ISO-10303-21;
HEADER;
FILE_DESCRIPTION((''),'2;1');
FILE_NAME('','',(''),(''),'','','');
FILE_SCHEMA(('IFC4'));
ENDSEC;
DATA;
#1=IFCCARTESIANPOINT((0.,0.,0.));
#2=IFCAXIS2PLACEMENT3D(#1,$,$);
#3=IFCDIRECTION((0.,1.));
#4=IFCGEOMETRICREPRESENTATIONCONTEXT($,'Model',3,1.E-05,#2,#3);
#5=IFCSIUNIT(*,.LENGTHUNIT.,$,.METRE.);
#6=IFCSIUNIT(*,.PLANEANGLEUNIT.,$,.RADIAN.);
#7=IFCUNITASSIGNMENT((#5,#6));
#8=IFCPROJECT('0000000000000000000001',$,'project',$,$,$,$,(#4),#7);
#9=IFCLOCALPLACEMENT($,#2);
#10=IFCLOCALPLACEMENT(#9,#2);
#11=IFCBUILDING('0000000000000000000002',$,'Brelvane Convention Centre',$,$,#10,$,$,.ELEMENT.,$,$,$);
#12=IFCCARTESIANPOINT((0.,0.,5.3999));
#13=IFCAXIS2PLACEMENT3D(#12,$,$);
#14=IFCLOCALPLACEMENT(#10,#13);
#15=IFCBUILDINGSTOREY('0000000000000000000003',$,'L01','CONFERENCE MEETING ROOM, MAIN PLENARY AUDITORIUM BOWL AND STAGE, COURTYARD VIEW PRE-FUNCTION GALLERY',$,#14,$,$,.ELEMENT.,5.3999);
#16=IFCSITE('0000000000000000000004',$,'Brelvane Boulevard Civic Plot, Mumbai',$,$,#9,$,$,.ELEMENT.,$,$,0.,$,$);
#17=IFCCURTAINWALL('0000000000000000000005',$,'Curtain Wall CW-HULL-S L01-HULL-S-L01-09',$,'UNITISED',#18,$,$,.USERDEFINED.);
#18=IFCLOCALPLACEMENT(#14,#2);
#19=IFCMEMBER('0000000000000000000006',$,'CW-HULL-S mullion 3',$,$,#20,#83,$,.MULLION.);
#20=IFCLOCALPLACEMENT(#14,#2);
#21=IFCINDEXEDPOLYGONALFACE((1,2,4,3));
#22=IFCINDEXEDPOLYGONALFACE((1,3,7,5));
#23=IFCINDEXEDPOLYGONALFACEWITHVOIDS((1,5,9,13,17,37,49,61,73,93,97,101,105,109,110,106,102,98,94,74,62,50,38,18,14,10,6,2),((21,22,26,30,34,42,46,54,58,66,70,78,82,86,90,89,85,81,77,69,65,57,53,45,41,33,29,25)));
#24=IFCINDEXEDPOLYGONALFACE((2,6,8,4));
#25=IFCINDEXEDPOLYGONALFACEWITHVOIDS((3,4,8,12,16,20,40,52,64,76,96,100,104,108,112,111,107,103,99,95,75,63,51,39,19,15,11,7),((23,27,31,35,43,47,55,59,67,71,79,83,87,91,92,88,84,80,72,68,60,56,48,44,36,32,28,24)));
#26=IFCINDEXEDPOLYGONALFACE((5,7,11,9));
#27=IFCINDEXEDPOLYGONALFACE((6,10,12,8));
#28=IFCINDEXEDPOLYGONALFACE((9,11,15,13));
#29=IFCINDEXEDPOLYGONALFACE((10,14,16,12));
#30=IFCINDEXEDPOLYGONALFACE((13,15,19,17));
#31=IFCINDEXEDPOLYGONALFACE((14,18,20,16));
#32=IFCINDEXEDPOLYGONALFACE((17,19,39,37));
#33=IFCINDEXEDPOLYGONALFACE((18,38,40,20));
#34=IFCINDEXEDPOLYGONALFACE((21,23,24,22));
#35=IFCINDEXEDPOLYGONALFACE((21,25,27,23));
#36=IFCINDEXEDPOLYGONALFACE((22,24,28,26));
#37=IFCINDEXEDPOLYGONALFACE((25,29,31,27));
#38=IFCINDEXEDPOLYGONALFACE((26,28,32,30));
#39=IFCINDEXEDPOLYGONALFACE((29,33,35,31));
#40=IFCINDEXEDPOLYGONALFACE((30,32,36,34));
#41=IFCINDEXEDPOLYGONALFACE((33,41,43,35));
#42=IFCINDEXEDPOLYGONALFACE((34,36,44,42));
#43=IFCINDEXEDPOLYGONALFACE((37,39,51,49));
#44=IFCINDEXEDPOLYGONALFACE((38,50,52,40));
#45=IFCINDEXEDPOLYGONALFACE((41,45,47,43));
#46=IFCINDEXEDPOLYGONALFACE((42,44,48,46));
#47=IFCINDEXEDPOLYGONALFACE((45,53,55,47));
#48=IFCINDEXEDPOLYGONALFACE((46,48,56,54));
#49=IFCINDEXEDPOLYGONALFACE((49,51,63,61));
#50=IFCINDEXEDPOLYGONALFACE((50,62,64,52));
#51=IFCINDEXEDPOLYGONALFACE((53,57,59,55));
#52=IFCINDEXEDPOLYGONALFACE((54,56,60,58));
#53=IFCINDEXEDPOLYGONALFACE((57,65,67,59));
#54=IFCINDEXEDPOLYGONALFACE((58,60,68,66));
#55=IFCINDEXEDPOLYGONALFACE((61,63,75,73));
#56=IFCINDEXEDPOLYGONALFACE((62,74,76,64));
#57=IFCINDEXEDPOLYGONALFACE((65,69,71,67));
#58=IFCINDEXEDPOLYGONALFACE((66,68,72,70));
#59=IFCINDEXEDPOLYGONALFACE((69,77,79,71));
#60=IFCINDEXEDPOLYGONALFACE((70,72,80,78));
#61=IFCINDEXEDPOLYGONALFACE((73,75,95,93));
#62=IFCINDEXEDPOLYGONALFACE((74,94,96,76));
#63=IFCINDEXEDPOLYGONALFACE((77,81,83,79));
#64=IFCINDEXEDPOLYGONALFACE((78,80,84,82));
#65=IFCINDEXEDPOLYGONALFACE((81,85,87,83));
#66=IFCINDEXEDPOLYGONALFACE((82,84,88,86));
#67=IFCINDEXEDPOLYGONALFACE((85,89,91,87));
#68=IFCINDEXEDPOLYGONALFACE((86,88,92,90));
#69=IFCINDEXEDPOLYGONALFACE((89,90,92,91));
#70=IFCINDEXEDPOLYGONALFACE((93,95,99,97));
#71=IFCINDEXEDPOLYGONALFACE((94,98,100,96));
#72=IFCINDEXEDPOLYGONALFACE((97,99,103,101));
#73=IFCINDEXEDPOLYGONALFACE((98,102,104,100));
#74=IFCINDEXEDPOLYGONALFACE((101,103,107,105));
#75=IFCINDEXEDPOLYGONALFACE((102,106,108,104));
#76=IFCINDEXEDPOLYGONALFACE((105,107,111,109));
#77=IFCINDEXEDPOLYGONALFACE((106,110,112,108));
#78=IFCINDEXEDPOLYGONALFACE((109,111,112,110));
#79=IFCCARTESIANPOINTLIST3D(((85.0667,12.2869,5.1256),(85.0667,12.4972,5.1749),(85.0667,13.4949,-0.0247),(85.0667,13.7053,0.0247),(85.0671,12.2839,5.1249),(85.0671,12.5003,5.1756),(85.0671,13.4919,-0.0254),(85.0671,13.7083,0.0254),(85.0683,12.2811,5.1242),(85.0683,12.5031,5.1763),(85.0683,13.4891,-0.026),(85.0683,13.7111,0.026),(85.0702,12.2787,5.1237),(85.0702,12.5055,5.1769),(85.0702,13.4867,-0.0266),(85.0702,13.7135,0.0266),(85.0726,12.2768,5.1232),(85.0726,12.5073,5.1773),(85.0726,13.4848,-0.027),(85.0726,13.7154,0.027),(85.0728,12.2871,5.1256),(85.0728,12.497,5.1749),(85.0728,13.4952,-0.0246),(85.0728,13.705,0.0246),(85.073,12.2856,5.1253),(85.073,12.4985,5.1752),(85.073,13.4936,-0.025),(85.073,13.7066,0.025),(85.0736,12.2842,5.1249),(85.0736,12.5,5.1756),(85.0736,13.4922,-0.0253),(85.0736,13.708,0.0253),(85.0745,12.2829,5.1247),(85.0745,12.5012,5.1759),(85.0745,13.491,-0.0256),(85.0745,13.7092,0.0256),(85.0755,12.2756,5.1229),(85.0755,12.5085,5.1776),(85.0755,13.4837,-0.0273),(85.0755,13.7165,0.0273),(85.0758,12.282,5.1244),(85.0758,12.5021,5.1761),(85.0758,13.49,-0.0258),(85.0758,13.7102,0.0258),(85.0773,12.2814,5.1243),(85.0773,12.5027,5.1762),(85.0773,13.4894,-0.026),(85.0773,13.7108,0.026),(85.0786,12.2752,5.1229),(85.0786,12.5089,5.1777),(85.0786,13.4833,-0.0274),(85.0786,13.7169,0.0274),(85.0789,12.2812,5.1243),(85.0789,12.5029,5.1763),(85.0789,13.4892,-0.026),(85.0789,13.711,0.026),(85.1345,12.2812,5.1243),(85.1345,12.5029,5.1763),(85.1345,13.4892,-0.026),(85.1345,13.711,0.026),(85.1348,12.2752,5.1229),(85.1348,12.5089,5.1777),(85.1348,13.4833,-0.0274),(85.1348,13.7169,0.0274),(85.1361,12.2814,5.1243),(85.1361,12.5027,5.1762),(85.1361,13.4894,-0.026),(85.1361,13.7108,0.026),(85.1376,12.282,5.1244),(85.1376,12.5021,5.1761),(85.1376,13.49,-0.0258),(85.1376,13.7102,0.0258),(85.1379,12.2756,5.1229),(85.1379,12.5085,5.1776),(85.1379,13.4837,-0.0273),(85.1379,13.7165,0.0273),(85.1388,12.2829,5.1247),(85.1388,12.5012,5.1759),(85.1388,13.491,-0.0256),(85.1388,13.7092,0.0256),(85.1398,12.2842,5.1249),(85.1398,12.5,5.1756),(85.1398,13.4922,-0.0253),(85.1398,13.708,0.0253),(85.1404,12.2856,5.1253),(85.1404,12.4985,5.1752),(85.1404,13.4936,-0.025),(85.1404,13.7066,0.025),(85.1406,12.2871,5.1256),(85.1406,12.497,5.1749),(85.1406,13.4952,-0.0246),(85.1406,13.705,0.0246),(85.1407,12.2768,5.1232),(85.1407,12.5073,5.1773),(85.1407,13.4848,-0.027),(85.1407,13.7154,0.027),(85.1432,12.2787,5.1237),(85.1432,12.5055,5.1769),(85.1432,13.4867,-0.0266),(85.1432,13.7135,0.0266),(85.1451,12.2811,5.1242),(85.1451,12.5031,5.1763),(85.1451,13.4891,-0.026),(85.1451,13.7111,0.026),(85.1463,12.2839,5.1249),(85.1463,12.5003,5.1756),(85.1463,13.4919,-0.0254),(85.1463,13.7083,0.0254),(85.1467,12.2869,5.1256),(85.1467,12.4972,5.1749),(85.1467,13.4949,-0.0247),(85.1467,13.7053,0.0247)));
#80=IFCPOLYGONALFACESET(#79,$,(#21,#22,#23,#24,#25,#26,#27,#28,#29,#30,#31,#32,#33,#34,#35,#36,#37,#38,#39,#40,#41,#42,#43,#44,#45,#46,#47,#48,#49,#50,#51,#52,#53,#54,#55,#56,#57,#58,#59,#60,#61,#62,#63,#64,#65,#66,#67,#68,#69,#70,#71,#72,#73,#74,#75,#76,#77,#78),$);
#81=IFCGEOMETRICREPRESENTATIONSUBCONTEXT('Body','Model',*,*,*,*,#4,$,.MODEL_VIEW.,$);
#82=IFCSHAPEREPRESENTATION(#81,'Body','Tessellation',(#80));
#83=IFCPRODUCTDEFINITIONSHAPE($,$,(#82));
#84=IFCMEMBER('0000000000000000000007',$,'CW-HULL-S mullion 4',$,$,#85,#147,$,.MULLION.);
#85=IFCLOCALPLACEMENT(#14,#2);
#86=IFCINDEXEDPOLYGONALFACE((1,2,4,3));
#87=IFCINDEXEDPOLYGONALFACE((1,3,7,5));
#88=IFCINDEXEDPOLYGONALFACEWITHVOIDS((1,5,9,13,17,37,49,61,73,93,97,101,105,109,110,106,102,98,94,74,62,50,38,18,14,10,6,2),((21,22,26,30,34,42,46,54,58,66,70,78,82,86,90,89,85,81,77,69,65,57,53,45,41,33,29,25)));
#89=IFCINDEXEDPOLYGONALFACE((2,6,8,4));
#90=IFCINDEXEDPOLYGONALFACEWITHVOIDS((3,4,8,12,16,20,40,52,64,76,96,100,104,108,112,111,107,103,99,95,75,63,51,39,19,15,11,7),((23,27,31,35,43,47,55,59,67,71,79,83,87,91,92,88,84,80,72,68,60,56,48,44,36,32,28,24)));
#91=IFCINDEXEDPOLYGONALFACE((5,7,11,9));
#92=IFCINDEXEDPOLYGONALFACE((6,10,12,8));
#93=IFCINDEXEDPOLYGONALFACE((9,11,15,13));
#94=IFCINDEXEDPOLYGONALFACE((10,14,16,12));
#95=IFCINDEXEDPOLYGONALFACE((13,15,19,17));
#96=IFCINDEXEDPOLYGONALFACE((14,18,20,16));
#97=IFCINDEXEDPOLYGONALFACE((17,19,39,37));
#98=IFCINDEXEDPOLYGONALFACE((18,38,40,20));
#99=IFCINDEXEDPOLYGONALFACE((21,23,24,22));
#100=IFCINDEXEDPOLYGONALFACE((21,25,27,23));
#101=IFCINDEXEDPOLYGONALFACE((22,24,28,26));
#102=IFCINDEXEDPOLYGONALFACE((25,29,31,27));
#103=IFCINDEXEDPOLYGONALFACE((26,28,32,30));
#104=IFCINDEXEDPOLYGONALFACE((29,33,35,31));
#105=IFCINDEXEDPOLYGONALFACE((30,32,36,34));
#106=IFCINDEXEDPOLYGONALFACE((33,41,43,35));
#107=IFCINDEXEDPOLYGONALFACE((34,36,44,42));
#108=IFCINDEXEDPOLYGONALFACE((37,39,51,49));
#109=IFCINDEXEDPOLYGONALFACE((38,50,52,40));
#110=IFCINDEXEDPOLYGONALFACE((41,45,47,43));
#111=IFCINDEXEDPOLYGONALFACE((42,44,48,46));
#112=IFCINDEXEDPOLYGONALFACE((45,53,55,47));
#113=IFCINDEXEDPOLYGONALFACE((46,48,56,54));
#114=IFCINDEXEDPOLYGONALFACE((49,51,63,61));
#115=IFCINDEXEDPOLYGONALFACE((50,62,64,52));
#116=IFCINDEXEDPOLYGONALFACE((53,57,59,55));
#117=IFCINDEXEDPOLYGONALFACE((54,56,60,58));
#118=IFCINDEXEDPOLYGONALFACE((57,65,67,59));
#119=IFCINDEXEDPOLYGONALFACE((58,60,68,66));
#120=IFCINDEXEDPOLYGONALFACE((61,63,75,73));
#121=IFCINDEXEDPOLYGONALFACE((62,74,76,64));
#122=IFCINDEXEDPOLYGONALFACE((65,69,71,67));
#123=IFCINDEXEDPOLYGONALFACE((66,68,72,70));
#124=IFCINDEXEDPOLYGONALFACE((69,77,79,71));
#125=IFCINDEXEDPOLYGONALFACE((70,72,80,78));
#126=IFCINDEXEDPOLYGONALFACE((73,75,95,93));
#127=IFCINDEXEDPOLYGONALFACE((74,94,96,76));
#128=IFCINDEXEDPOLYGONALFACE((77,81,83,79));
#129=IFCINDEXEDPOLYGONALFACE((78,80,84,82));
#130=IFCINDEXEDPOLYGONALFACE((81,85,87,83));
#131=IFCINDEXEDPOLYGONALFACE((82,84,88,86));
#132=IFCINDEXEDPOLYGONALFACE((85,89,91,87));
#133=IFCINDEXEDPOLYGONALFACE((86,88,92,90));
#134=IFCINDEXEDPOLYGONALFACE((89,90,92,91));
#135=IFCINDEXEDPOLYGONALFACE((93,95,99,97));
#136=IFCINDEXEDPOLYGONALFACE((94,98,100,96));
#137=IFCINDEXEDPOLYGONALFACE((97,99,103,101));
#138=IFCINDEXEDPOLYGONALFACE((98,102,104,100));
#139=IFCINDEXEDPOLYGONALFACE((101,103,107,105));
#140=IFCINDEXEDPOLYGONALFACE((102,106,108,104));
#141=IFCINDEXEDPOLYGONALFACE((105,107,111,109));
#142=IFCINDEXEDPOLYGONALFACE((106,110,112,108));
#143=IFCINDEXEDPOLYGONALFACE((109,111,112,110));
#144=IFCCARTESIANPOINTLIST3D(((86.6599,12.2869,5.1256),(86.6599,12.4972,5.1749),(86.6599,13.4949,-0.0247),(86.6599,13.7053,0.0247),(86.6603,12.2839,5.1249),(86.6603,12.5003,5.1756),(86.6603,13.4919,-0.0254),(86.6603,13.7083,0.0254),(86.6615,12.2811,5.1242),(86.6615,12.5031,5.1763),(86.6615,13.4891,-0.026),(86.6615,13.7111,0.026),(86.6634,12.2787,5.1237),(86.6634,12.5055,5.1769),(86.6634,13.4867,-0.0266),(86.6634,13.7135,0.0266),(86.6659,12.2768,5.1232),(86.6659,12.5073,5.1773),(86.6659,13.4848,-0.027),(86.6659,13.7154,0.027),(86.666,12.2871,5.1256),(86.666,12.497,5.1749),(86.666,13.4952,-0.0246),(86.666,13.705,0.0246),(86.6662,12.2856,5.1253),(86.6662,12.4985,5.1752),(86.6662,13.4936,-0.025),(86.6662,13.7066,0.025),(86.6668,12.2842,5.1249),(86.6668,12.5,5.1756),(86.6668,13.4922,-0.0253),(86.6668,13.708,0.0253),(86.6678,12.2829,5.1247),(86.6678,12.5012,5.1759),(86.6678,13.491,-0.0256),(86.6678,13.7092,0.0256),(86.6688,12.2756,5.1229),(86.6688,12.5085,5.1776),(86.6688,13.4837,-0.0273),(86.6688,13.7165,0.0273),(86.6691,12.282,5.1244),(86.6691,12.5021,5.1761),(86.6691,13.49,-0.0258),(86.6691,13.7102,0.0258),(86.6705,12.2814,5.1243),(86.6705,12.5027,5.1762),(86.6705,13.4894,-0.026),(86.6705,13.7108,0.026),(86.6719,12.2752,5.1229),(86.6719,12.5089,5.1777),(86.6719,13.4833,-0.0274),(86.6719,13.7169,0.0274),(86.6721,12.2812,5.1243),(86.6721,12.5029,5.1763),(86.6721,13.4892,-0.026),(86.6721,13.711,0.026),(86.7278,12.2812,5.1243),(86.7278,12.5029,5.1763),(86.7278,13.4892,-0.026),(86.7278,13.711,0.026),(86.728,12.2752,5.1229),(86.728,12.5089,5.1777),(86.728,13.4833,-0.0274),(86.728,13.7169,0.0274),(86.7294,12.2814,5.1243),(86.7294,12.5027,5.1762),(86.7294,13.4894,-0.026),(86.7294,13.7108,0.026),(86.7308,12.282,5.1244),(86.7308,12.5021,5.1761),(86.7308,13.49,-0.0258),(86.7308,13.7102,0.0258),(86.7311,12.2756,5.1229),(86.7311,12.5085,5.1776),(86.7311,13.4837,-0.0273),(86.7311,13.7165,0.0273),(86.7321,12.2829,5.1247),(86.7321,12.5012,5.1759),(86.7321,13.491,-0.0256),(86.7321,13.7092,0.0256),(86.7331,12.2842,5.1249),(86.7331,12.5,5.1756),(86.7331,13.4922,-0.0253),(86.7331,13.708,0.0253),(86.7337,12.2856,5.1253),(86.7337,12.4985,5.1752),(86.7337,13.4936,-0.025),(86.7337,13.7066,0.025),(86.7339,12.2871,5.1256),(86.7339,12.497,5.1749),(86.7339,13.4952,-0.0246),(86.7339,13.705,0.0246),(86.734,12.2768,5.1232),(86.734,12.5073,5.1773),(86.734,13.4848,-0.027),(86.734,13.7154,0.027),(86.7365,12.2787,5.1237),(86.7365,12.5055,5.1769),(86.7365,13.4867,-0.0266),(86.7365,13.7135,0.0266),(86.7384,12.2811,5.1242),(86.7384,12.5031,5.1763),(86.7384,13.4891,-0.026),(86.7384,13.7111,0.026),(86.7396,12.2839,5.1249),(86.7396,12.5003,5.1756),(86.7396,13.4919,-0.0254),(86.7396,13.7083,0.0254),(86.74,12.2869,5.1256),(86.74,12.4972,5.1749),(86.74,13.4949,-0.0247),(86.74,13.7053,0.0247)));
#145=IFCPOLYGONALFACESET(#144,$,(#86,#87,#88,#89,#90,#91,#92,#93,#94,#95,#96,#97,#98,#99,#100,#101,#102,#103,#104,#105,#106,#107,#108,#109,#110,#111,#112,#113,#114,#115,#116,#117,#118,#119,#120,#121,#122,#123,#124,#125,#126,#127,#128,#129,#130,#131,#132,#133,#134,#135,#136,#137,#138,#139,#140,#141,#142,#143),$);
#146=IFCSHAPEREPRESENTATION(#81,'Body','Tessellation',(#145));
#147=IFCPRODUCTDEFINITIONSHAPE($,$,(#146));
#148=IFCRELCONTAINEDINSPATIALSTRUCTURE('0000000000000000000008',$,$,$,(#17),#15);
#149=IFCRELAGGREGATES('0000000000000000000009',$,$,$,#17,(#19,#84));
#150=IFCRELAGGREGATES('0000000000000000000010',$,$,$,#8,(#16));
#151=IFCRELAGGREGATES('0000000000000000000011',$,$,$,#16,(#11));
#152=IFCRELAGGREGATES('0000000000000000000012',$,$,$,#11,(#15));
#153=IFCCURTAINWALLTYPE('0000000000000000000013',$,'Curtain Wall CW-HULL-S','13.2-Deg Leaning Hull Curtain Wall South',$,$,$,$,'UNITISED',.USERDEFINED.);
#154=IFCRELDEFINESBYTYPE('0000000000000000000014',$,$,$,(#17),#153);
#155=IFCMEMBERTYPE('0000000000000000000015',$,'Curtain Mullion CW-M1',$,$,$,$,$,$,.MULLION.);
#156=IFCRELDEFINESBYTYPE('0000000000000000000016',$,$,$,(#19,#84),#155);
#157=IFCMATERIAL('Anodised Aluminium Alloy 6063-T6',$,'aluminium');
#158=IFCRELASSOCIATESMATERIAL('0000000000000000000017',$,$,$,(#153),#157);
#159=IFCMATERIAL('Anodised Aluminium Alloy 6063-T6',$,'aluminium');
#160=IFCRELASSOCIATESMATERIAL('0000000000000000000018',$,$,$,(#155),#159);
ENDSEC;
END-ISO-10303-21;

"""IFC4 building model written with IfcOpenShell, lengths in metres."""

from ifc_helpers import new_model, si_unit, direction, frame, origin, origin_2d, place, context, subcontext, project, spatial, hollow_rectangle, extrude, material, material_profile, profile_set, type_object, element, aggregate, save


model = new_model("IFC4")

# Units and contexts
model_context = context("Model", 3, precision=1e-05, world=origin(), true_north=direction((0.0, 1.0)))
body_context = subcontext(model_context, "Body", "Model", "MODEL_VIEW")
ifc_project = project(units=[si_unit("LENGTHUNIT", "METRE"), si_unit("PLANEANGLEUNIT", "RADIAN")], contexts=[model_context])

# Site, building, storey
site_placement = place(None, origin())
site = spatial("IfcSite", under=ifc_project, at=site_placement, Name="Brelvane Boulevard Civic Plot, Mumbai", CompositionType="ELEMENT", RefElevation=0.0)
building_placement = place(site_placement, origin())
building = spatial("IfcBuilding", under=site, at=building_placement, Name="Brelvane Convention Centre", CompositionType="ELEMENT")
storey_placement = place(building_placement, frame((0.0, 0.0, 5.3999)))
storey = spatial("IfcBuildingStorey", under=building, at=storey_placement, Name="L01", Description="CONFERENCE MEETING ROOM, MAIN PLENARY AUDITORIUM BOWL AND STAGE, COURTYARD VIEW PRE-FUNCTION GALLERY", CompositionType="ELEMENT", Elevation=5.3999)

# Curtain wall, members
ifc_material_1 = material(Name="Anodised Aluminium Alloy 6063-T6", Category="aluminium")
curtain_wall_type = type_object("IfcCurtainWallType", Name="Curtain Wall CW-HULL-S", Description="13.2-Deg Leaning Hull Curtain Wall South", ElementType="UNITISED", PredefinedType="USERDEFINED", material=ifc_material_1)
ifc_material_2 = material(Name="Anodised Aluminium Alloy 6063-T6", Category="aluminium")
ifc_material_profile_1 = material_profile(ifc_material_2, hollow_rectangle(XDim=0.0801, YDim=0.24, WallThickness=0.0061, InnerFilletRadius=0.0061, OuterFilletRadius=0.012, at=origin_2d()), Name="ALU-M 240x80x6.0")
ifc_profile_set_1 = profile_set([ifc_material_profile_1], Name="Anodised Aluminium Alloy 6063-T6")
member_type_1 = type_object("IfcMemberType", Name="Curtain Mullion CW-M1", PredefinedType="MULLION", material=ifc_profile_set_1)
curtain_wall_1_placement = place(storey_placement, origin())
curtain_wall_1 = element("IfcCurtainWall", 1, at=curtain_wall_1_placement, inside=storey, type_object=curtain_wall_type, Name="Curtain Wall CW-HULL-S L01-HULL-S-L01-09", ObjectType="UNITISED", PredefinedType="USERDEFINED")
member_1_placement = place(storey_placement, frame((85.1067, 13.6001, 0.0), z_axis=(0.0, -0.22836, 0.973577), x_axis=(1.0, 0.0, 0.0)))
member_1 = element("IfcMember", 2, at=member_1_placement, type_object=member_type_1, Name="CW-HULL-S mullion 3", PredefinedType="MULLION", context=body_context, shape_type="SweptSolid", body=[
    extrude(hollow_rectangle(XDim=0.0801, YDim=0.24, WallThickness=0.0061, InnerFilletRadius=0.0061, OuterFilletRadius=0.012, at=origin_2d()), origin(), (0.0, 0.0, 1.0), 5.29),
])
member_2_placement = place(storey_placement, frame((86.7, 13.6001, 0.0), z_axis=(0.0, -0.22836, 0.973577), x_axis=(1.0, 0.0, 0.0)))
member_2 = element("IfcMember", 3, at=member_2_placement, type_object=member_type_1, Name="CW-HULL-S mullion 4", PredefinedType="MULLION", context=body_context, shape_type="SweptSolid", body=[
    extrude(hollow_rectangle(XDim=0.0801, YDim=0.24, WallThickness=0.0061, InnerFilletRadius=0.0061, OuterFilletRadius=0.012, at=origin_2d()), origin(), (0.0, 0.0, 1.0), 5.29),
])

aggregate(curtain_wall_1, [member_1, member_2])

save(model, "model.ifc")
